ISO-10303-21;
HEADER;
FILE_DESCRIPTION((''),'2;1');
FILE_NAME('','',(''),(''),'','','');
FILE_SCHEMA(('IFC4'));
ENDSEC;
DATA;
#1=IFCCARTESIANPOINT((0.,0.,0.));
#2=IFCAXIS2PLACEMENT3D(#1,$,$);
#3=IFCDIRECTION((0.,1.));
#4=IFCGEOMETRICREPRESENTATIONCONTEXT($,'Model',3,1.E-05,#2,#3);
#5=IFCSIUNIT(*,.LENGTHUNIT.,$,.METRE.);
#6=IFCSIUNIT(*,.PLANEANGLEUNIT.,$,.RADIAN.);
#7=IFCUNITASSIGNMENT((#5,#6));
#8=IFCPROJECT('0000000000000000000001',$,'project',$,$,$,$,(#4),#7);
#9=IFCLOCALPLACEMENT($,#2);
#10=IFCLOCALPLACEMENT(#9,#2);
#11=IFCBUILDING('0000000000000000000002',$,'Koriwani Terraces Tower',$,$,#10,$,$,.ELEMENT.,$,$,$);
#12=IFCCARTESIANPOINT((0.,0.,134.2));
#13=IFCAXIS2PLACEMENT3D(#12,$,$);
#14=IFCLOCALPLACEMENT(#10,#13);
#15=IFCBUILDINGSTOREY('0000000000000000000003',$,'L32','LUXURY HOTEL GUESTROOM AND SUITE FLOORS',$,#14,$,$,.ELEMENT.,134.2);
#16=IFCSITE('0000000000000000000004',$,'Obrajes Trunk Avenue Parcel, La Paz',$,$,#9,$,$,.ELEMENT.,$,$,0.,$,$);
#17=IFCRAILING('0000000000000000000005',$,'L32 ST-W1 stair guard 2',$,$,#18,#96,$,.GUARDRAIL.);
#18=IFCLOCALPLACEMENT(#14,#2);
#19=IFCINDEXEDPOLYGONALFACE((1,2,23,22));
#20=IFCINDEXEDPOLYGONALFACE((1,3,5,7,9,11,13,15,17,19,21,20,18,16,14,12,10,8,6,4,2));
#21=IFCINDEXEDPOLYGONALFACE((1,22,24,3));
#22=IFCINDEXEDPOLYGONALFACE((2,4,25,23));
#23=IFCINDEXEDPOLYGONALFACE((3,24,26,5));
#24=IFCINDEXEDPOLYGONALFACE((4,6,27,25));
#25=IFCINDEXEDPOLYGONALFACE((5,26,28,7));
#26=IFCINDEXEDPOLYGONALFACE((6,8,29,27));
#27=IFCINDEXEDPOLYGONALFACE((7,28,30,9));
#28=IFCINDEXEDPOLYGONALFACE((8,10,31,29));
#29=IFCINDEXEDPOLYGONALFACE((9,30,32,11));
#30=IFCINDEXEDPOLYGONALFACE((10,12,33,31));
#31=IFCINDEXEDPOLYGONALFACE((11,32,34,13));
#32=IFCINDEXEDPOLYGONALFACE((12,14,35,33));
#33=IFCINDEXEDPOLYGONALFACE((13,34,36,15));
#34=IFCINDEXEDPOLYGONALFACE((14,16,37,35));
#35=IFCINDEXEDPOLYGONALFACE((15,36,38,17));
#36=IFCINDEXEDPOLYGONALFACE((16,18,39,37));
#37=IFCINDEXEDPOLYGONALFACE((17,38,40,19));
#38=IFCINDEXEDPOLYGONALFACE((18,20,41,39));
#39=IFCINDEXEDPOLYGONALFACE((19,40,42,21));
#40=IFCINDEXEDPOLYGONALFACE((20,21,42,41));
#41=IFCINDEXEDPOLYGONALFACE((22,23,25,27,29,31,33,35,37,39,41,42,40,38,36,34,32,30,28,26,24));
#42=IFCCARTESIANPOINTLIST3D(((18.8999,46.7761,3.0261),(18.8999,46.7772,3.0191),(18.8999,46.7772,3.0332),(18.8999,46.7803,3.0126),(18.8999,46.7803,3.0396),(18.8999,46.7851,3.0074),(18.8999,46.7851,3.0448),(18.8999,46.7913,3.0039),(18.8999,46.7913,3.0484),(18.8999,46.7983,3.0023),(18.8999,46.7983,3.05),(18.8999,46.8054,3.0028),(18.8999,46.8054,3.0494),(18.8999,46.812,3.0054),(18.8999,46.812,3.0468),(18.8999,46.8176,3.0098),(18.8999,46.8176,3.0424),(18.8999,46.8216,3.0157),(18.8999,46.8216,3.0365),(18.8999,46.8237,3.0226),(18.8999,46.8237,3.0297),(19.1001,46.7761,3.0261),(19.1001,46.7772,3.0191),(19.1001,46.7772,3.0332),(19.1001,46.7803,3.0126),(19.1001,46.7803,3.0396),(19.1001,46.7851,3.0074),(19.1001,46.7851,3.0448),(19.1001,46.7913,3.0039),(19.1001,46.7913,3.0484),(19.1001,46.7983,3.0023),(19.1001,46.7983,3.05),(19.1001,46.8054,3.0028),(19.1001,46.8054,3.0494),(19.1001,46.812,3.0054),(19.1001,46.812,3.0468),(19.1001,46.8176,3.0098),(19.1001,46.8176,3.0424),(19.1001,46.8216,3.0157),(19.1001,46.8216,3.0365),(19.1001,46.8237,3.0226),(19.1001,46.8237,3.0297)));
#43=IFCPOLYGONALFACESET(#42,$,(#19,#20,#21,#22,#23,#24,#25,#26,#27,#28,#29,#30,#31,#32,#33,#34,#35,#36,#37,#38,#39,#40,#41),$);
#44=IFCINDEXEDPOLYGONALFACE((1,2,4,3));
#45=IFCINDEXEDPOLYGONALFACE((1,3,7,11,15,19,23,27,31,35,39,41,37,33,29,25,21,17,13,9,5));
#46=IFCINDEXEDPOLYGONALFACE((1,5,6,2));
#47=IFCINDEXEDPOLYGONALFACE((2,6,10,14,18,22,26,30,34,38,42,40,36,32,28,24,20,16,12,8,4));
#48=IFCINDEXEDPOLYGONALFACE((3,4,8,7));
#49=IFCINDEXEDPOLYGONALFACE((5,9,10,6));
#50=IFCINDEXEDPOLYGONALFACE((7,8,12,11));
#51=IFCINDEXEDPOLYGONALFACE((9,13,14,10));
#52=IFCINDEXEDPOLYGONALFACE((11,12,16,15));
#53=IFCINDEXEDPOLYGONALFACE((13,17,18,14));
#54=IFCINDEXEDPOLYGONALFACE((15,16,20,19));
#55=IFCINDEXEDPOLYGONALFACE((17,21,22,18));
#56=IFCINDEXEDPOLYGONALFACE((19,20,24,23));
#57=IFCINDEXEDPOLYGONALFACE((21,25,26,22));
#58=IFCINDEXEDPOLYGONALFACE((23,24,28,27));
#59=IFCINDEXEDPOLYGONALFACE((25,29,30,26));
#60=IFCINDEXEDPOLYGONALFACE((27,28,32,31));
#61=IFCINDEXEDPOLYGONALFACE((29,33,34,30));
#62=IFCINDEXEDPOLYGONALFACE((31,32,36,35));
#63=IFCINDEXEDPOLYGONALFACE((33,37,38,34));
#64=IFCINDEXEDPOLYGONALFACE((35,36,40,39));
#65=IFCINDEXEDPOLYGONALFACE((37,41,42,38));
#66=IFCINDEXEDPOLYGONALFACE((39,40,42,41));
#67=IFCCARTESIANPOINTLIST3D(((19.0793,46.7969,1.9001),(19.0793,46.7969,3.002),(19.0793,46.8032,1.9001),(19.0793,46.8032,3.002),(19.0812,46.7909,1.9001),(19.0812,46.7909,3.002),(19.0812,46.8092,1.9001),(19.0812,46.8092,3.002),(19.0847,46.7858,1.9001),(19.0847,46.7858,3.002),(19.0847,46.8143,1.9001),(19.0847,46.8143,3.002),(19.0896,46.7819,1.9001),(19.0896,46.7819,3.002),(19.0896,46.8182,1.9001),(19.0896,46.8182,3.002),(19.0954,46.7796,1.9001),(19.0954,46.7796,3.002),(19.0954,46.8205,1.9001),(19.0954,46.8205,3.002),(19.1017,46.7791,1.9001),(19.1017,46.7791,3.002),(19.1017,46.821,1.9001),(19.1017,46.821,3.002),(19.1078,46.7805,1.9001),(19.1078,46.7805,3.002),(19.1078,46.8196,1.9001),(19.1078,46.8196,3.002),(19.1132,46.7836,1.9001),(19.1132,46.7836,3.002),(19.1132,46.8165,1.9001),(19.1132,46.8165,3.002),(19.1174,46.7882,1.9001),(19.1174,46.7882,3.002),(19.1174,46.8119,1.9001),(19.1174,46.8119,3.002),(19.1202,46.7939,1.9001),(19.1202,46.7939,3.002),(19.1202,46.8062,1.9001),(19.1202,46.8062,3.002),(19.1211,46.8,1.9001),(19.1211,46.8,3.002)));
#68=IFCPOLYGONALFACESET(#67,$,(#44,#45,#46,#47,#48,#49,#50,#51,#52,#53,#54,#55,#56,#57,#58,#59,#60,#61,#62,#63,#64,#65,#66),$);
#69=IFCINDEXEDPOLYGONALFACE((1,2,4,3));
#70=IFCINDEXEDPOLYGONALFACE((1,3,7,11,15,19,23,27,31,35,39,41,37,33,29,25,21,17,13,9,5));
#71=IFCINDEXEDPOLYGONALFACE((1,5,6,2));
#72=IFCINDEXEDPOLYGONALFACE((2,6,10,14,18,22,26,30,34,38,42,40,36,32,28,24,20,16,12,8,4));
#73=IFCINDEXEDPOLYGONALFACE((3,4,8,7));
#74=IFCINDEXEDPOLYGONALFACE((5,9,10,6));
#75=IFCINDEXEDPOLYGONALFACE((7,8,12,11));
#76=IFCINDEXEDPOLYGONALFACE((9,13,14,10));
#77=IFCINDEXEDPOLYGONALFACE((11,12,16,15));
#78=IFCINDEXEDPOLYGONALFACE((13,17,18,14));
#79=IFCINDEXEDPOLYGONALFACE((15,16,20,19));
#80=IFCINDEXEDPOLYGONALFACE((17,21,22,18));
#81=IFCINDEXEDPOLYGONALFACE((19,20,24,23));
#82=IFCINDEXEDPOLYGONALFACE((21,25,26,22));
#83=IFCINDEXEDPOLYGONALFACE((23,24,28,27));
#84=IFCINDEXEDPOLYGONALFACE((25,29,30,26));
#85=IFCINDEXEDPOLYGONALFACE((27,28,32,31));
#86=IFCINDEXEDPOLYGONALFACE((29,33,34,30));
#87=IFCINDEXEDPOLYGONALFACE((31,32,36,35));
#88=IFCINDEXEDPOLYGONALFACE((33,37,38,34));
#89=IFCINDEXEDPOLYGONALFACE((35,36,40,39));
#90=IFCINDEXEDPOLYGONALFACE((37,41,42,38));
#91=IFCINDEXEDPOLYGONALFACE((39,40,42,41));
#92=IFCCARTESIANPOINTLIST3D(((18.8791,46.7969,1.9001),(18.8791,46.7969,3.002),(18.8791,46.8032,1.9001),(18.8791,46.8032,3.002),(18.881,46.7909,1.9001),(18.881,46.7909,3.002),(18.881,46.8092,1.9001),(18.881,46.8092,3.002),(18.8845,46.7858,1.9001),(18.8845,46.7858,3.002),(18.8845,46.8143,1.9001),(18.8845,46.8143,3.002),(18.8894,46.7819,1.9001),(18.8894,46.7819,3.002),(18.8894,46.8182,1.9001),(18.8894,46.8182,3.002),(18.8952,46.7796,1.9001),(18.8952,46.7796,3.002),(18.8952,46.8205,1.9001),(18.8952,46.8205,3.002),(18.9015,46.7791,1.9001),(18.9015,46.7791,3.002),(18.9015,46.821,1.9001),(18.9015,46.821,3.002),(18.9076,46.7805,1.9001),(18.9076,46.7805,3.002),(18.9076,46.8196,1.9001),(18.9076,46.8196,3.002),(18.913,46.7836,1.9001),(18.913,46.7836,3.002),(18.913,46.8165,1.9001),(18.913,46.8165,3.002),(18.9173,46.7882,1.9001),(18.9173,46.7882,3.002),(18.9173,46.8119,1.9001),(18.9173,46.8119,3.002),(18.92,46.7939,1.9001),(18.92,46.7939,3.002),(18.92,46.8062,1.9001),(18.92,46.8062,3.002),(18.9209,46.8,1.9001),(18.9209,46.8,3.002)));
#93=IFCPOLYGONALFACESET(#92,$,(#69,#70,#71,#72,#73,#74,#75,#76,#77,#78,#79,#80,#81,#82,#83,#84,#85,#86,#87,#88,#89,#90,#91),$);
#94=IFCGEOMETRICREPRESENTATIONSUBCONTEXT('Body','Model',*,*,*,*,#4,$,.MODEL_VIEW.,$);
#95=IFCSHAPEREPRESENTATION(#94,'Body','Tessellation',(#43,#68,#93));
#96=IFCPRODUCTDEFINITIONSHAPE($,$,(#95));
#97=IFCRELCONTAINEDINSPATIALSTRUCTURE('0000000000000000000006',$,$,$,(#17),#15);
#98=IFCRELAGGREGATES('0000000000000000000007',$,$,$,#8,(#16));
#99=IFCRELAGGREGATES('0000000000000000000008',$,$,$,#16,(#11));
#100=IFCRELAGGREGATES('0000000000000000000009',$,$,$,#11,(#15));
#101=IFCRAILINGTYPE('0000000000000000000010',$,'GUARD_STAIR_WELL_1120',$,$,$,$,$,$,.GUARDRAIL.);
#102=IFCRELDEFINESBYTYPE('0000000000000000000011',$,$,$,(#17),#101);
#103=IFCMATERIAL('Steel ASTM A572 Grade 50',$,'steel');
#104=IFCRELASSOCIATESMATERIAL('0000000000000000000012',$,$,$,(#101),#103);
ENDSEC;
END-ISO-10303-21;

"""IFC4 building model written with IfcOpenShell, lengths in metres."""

from ifc_helpers import new_model, si_unit, direction, frame, origin, origin_2d, place, context, subcontext, project, spatial, circle, extrude, material, type_object, element, save


model = new_model("IFC4")

# Units and contexts
model_context = context("Model", 3, precision=1e-05, world=origin(), true_north=direction((0.0, 1.0)))
body_context = subcontext(model_context, "Body", "Model", "MODEL_VIEW")
ifc_project = project(units=[si_unit("LENGTHUNIT", "METRE"), si_unit("PLANEANGLEUNIT", "RADIAN")], contexts=[model_context])

# Site, building, storey
site_placement = place(None, origin())
site = spatial("IfcSite", under=ifc_project, at=site_placement, Name="Obrajes Trunk Avenue Parcel, La Paz", CompositionType="ELEMENT", RefElevation=0.0)
building_placement = place(site_placement, origin())
building = spatial("IfcBuilding", under=site, at=building_placement, Name="Koriwani Terraces Tower", CompositionType="ELEMENT")
storey_placement = place(building_placement, frame((0.0, 0.0, 134.2)))
storey = spatial("IfcBuildingStorey", under=building, at=storey_placement, Name="L32", Description="LUXURY HOTEL GUESTROOM AND SUITE FLOORS", CompositionType="ELEMENT", Elevation=134.2)

# Shared definitions
ifc_material_1 = material(Name="Steel ASTM A572 Grade 50", Category="steel")

# Railing
railing_type_1 = type_object("IfcRailingType", Name="GUARD_STAIR_WELL_1120", PredefinedType="GUARDRAIL", material=ifc_material_1)
railing_1_placement = place(storey_placement, frame((19.1001, 46.8, 1.9001)))
element("IfcRailing", 1, at=railing_1_placement, inside=storey, type_object=railing_type_1, Name="L32 ST-W1 stair guard 2", PredefinedType="GUARDRAIL", context=body_context, shape_type="SweptSolid", body=[
    extrude(circle(Radius=0.0239, at=origin_2d()), frame((0.0, 0.0, 1.126), z_axis=(-1.0, 0.0, 0.0), x_axis=(0.0, -1.0, 0.0)), (0.0, 0.0, 1.0), 0.2002),
    extrude(circle(Radius=0.021, at=origin_2d()), origin(), (0.0, 0.0, 1.0), 1.1018),
    extrude(circle(Radius=0.021, at=origin_2d()), frame((-0.2002, 0.0, 0.0)), (0.0, 0.0, 1.0), 1.1018),
])

save(model, "model.ifc")
